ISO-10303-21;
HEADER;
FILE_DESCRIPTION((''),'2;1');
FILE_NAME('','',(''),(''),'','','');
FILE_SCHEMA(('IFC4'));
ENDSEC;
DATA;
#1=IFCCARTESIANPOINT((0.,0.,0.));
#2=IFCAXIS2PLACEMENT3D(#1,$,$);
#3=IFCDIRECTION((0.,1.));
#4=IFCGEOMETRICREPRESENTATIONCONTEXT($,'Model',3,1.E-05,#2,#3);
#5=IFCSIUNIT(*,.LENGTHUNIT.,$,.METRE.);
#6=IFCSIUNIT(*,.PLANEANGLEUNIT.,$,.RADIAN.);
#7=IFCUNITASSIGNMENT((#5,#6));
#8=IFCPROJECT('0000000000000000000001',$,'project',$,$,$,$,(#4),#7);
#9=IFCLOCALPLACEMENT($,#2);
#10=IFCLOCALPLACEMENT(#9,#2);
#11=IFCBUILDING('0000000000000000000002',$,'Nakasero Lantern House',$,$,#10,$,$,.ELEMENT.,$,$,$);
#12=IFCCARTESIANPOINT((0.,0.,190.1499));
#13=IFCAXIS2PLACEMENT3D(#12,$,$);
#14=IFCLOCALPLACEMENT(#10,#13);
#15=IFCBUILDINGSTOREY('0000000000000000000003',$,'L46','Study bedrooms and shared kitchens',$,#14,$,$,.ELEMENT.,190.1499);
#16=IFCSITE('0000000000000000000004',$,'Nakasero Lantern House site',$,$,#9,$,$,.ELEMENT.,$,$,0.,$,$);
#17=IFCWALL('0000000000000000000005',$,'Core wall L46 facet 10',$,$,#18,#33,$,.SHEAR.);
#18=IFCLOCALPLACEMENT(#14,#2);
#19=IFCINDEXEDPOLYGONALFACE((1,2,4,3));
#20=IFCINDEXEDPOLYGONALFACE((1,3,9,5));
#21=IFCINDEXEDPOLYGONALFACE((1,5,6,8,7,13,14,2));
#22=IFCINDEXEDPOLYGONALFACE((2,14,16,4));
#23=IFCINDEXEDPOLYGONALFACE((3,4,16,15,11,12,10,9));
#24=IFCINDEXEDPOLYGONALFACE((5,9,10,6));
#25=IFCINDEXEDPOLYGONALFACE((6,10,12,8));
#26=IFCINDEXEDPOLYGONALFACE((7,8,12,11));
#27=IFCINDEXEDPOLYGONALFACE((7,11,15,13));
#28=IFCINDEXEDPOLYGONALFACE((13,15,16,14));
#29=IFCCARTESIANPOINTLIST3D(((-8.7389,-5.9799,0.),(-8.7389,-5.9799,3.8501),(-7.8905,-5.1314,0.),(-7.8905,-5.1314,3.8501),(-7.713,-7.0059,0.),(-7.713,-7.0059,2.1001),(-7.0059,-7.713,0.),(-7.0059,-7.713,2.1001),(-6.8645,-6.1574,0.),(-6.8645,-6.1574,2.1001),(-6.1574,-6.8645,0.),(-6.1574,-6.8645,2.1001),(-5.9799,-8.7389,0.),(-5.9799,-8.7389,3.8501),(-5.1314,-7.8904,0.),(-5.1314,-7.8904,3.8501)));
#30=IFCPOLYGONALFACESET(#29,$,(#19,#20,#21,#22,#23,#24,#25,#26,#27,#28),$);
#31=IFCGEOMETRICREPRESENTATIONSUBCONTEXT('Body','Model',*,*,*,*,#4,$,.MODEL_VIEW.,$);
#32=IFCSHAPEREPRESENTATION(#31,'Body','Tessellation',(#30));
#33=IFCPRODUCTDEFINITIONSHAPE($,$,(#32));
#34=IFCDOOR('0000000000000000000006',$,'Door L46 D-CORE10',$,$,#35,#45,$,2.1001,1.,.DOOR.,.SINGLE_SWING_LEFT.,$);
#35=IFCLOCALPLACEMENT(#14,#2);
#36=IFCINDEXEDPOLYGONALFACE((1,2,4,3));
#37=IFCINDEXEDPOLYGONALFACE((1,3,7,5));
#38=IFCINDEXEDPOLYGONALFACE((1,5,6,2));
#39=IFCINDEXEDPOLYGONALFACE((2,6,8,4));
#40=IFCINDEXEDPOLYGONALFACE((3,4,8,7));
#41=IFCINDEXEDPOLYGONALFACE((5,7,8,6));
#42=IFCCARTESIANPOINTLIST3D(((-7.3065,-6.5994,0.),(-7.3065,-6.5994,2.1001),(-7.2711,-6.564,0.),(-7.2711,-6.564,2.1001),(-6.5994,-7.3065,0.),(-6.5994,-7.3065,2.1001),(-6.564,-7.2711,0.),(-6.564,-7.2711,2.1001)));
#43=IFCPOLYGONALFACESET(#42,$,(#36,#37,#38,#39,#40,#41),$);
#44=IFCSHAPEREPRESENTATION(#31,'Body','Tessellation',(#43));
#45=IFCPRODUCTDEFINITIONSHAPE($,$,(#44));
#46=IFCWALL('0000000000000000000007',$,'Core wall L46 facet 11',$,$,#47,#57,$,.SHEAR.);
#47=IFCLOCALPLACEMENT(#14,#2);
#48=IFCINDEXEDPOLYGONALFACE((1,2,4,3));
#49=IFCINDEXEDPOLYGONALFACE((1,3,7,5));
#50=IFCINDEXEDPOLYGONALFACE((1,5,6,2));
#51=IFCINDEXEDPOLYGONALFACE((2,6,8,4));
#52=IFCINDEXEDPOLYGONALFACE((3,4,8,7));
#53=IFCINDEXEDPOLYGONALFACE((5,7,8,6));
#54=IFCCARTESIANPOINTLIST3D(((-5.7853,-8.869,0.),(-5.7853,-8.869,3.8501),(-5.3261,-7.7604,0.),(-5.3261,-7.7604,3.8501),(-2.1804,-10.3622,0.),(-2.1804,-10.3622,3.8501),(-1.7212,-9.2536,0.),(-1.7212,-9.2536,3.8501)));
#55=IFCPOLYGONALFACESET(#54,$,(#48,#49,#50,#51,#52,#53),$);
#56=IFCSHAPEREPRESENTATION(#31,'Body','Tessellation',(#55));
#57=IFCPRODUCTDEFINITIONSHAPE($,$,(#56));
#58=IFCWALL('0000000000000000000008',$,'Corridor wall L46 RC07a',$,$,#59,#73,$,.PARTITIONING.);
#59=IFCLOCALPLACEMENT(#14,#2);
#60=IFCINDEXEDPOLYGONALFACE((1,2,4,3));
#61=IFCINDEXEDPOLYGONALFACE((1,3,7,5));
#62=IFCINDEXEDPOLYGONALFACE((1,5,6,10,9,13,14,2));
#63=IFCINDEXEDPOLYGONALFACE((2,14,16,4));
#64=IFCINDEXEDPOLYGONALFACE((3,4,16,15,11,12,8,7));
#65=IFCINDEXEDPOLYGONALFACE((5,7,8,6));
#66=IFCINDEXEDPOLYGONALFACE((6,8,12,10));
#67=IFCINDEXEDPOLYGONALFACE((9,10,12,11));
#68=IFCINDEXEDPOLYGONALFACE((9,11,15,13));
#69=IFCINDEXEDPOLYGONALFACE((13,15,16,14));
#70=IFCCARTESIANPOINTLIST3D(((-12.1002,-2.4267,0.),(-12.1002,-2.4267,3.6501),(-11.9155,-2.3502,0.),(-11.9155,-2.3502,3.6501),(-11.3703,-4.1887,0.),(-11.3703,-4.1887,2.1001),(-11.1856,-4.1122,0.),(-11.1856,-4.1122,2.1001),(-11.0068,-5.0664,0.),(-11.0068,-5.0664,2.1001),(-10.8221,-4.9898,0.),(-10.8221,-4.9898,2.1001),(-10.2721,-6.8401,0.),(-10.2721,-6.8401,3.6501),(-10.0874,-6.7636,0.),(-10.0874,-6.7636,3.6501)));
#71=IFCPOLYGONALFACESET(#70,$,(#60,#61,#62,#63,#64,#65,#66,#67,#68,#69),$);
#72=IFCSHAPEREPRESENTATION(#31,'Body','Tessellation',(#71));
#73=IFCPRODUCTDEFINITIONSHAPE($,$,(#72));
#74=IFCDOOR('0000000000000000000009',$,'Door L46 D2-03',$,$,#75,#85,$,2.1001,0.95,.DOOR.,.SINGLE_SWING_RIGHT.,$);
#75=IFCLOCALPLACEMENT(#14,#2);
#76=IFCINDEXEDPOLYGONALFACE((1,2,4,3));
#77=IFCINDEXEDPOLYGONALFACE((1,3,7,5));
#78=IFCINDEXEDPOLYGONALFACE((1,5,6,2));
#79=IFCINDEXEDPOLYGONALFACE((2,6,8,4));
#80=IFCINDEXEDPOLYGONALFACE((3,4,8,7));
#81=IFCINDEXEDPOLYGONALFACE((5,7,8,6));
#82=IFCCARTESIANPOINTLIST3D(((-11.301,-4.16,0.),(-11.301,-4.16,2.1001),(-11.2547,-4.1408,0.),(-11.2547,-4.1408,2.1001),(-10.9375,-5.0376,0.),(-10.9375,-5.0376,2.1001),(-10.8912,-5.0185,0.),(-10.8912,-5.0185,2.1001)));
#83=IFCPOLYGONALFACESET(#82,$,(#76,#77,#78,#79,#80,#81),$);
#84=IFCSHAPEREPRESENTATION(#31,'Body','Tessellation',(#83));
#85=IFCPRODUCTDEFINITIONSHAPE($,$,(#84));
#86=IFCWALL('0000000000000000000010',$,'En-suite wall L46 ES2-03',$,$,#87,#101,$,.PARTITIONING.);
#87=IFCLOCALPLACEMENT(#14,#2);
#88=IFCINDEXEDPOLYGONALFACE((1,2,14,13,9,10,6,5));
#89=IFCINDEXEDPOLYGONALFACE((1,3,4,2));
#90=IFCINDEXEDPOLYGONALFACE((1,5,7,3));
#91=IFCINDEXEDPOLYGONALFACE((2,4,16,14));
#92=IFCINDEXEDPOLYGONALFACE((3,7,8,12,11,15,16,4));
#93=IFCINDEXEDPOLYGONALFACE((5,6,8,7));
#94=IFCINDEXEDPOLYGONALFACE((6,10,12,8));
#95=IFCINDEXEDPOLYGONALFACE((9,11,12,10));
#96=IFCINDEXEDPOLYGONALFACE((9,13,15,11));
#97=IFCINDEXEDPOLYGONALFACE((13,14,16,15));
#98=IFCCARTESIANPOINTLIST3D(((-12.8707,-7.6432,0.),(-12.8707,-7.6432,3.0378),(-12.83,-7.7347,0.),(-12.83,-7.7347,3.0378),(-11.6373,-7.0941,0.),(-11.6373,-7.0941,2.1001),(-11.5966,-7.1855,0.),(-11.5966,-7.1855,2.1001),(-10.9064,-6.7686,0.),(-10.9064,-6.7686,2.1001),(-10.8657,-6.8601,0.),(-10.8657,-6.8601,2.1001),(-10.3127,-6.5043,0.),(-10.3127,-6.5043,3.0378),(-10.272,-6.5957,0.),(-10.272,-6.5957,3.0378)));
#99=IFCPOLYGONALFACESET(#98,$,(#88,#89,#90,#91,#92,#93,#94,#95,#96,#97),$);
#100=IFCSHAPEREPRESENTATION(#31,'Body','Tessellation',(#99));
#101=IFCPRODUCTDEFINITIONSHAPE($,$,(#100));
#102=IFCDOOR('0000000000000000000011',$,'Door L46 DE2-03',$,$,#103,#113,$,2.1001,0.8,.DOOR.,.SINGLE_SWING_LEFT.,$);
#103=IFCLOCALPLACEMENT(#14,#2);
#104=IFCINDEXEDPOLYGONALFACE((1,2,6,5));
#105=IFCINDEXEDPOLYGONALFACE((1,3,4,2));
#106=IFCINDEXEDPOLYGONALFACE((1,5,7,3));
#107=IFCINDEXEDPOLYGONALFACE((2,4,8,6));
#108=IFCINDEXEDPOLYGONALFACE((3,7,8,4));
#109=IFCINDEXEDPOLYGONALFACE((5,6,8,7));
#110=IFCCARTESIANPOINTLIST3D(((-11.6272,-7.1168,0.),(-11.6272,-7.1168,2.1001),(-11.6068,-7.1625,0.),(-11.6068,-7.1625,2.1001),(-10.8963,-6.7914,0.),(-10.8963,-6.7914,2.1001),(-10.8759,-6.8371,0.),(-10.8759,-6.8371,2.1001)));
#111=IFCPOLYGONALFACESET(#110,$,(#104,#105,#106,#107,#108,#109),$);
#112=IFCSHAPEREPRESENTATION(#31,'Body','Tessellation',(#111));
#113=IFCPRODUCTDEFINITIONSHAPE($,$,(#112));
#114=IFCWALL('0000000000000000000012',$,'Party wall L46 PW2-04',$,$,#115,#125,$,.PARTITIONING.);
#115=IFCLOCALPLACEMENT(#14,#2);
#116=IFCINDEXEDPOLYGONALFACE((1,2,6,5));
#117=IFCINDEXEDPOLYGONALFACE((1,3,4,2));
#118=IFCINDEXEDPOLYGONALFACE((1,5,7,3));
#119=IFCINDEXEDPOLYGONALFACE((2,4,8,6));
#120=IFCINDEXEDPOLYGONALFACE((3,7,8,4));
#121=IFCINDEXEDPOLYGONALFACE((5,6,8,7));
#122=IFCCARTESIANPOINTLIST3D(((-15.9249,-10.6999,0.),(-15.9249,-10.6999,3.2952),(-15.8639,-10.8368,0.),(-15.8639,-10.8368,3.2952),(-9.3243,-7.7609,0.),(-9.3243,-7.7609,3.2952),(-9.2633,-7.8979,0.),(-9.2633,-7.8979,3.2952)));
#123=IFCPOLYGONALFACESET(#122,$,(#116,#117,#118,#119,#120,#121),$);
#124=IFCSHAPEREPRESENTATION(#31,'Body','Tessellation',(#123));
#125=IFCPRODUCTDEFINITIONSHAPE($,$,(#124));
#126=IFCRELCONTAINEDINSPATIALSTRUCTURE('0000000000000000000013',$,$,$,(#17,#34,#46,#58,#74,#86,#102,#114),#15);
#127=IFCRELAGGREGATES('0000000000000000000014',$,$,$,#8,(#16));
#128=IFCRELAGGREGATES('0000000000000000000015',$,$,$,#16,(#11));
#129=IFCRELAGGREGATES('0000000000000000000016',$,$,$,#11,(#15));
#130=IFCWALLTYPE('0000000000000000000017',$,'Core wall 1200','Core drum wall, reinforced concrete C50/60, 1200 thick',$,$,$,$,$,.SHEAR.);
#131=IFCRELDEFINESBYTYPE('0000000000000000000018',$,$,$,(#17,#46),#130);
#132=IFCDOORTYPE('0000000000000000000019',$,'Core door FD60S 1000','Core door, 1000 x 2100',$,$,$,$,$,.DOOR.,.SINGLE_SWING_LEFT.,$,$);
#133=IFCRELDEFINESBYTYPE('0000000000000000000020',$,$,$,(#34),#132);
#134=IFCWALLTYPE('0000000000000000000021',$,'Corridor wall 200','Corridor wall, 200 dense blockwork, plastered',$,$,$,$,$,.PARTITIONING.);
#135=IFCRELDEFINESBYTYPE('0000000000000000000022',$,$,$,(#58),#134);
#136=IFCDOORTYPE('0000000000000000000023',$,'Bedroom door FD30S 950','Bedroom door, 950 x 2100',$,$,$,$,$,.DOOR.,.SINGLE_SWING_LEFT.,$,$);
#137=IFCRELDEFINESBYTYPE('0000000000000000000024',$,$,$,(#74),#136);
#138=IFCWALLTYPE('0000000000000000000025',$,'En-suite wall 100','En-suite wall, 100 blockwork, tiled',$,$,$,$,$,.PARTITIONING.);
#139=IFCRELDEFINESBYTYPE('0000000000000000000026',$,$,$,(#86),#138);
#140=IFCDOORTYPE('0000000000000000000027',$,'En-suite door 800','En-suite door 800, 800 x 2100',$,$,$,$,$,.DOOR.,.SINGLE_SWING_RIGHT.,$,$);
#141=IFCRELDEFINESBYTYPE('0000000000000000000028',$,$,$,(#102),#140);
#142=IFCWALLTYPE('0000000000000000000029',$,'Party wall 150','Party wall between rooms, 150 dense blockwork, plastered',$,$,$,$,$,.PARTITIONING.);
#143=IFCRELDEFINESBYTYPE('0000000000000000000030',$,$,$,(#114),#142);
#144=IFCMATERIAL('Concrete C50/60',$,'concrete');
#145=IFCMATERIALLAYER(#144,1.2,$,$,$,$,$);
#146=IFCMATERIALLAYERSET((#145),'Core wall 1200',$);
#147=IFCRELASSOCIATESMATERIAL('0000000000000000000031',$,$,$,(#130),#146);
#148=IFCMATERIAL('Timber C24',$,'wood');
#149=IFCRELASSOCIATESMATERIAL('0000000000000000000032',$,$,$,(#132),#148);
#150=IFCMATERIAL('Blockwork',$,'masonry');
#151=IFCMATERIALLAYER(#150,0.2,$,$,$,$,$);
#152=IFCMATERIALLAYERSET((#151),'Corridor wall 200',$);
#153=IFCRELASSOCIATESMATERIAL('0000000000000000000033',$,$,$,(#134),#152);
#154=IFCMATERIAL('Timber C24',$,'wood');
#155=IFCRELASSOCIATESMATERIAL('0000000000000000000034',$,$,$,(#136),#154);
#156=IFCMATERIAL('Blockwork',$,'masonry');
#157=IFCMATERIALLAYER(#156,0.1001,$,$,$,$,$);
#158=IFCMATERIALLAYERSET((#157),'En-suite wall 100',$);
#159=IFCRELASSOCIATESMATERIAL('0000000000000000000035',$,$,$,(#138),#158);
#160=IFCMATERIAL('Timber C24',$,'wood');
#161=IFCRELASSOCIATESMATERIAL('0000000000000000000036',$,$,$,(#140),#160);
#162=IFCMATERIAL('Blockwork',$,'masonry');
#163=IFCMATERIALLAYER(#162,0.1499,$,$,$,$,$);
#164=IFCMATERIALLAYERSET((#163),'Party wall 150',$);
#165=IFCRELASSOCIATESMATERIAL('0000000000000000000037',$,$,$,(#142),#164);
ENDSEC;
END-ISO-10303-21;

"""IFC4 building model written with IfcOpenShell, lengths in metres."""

from ifc_helpers import new_model, si_unit, direction, frame, frame_2d, origin, place, context, subcontext, project, spatial, rectangle, extrude, material, layer, layer_set, type_object, element, fill, save


model = new_model("IFC4")

# Units and contexts
model_context = context("Model", 3, precision=1e-05, world=origin(), true_north=direction((0.0, 1.0)))
body_context = subcontext(model_context, "Body", "Model", "MODEL_VIEW")
ifc_project = project(units=[si_unit("LENGTHUNIT", "METRE"), si_unit("PLANEANGLEUNIT", "RADIAN")], contexts=[model_context])

# Site, building, storey
site_placement = place(None, origin())
site = spatial("IfcSite", under=ifc_project, at=site_placement, Name="Nakasero Lantern House site", CompositionType="ELEMENT", RefElevation=0.0)
building_placement = place(site_placement, origin())
building = spatial("IfcBuilding", under=site, at=building_placement, Name="Nakasero Lantern House", CompositionType="ELEMENT")
storey_placement = place(building_placement, frame((0.0, 0.0, 190.1499)))
storey = spatial("IfcBuildingStorey", under=building, at=storey_placement, Name="L46", Description="Study bedrooms and shared kitchens", CompositionType="ELEMENT", Elevation=190.1499)

# Shared definitions
ifc_material_1 = material(Name="Concrete C50/60", Category="concrete")
ifc_layer_1 = layer(ifc_material_1, 1.2)
ifc_layer_set_1 = layer_set([ifc_layer_1], Name="Core wall 1200")
wall_type_1 = type_object("IfcWallType", Name="Core wall 1200", Description="Core drum wall, reinforced concrete C50/60, 1200 thick", PredefinedType="SHEAR", material=ifc_layer_set_1)

# Wall, opening, door
wall_1_placement = place(storey_placement, frame((-8.3147, -5.5557, 0.0), z_axis=(0.0, 0.0, 1.0), x_axis=(0.707107, -0.707107, 0.0)))
wall_1 = element("IfcWall", 1, at=wall_1_placement, inside=storey, type_object=wall_type_1, Name="Core wall L46 facet 10", PredefinedType="SHEAR", context=body_context, shape_type="SweptSolid", body=[
    extrude(rectangle(XDim=3.9019, YDim=1.2, at=frame_2d((1.9509, 0.0))), origin(), (0.0, 0.0, 1.0), 3.8501),
])
opening_1_placement = place(wall_1_placement, frame((1.4509, 0.0, 0.0)))
opening_1 = element("IfcOpeningElement", 2, at=opening_1_placement, cuts=wall_1, PredefinedType="OPENING", context=body_context, shape_type="SweptSolid", body=[
    extrude(rectangle(XDim=1.0, YDim=2.1001, at=frame_2d((0.5, 1.05))), frame((0.0, 0.6199, 0.0), z_axis=(0.0, -1.0, 0.0), x_axis=(1.0, 0.0, 0.0)), (0.0, 0.0, 1.0), 1.24),
])
ifc_material_2 = material(Name="Timber C24", Category="wood")
door_type_1 = type_object("IfcDoorType", Name="Core door FD60S 1000", Description="Core door, 1000 x 2100", OperationType="SINGLE_SWING_LEFT", PredefinedType="DOOR", material=ifc_material_2)
door_1_placement = place(opening_1_placement, origin())
door_1 = element("IfcDoor", 3, at=door_1_placement, inside=storey, type_object=door_type_1, Name="Door L46 D-CORE10", OperationType="SINGLE_SWING_LEFT", OverallHeight=2.1001, OverallWidth=1.0, PredefinedType="DOOR", context=body_context, shape_type="SweptSolid", body=[
    extrude(rectangle(XDim=1.0, YDim=2.1001, at=frame_2d((0.5, 1.05))), frame((0.0, 0.0249, 0.0), z_axis=(0.0, -1.0, 0.0), x_axis=(1.0, 0.0, 0.0)), (0.0, 0.0, 1.0), 0.05),
])
fill(opening_1, door_1)

# Wall
wall_2_placement = place(storey_placement, frame((-5.5557, -8.3147, 0.0), z_axis=(0.0, 0.0, 1.0), x_axis=(0.923877, -0.382691, 0.0)))
element("IfcWall", 4, at=wall_2_placement, inside=storey, type_object=wall_type_1, Name="Core wall L46 facet 11", PredefinedType="SHEAR", context=body_context, shape_type="SweptSolid", body=[
    extrude(rectangle(XDim=3.9019, YDim=1.2, at=frame_2d((1.9509, 0.0))), origin(), (0.0, 0.0, 1.0), 3.8501),
])

# Walls, openings, doors
ifc_material_3 = material(Name="Blockwork", Category="masonry")
ifc_layer_2 = layer(ifc_material_3, 0.2)
ifc_layer_set_2 = layer_set([ifc_layer_2], Name="Corridor wall 200")
wall_type_2 = type_object("IfcWallType", Name="Corridor wall 200", Description="Corridor wall, 200 dense blockwork, plastered", PredefinedType="PARTITIONING", material=ifc_layer_set_2)
wall_3_placement = place(storey_placement, frame((-10.1797, -6.802, 0.0), z_axis=(0.0, 0.0, 1.0), x_axis=(-0.382677, 0.923882, 0.0)))
wall_3 = element("IfcWall", 5, at=wall_3_placement, inside=storey, type_object=wall_type_2, Name="Corridor wall L46 RC07a", PredefinedType="PARTITIONING", context=body_context, shape_type="SweptSolid", body=[
    extrude(rectangle(XDim=4.7771, YDim=0.2, at=frame_2d((2.3887, 0.0))), origin(), (0.0, 0.0, 1.0), 3.6501),
])
opening_2_placement = place(wall_3_placement, frame((1.9199, 0.0, 0.0)))
opening_2 = element("IfcOpeningElement", 6, at=opening_2_placement, cuts=wall_3, PredefinedType="OPENING", context=body_context, shape_type="SweptSolid", body=[
    extrude(rectangle(XDim=0.95, YDim=2.1001, at=frame_2d((0.4751, 1.05))), frame((0.0, 0.1199, 0.0), z_axis=(0.0, -1.0, 0.0), x_axis=(1.0, 0.0, 0.0)), (0.0, 0.0, 1.0), 0.24),
])
ifc_material_4 = material(Name="Timber C24", Category="wood")
door_type_2 = type_object("IfcDoorType", Name="Bedroom door FD30S 950", Description="Bedroom door, 950 x 2100", OperationType="SINGLE_SWING_LEFT", PredefinedType="DOOR", material=ifc_material_4)
door_2_placement = place(opening_2_placement, origin())
door_2 = element("IfcDoor", 7, at=door_2_placement, inside=storey, type_object=door_type_2, Name="Door L46 D2-03", OperationType="SINGLE_SWING_RIGHT", OverallHeight=2.1001, OverallWidth=0.95, PredefinedType="DOOR", context=body_context, shape_type="SweptSolid", body=[
    extrude(rectangle(XDim=0.95, YDim=2.1001, at=frame_2d((0.4751, 1.05))), frame((0.0, 0.0249, 0.0), z_axis=(0.0, -1.0, 0.0), x_axis=(1.0, 0.0, 0.0)), (0.0, 0.0, 1.0), 0.05),
])
fill(opening_2, door_2)
ifc_material_5 = material(Name="Blockwork", Category="masonry")
ifc_layer_3 = layer(ifc_material_5, 0.1001)
ifc_layer_set_3 = layer_set([ifc_layer_3], Name="En-suite wall 100")
wall_type_3 = type_object("IfcWallType", Name="En-suite wall 100", Description="En-suite wall, 100 blockwork, tiled", PredefinedType="PARTITIONING", material=ifc_layer_set_3)
wall_4_placement = place(storey_placement, frame((-10.2925, -6.55, 0.0), z_axis=(0.0, 0.0, 1.0), x_axis=(-0.913534, -0.406761, 0.0)))
wall_4 = element("IfcWall", 8, at=wall_4_placement, inside=storey, type_object=wall_type_3, Name="En-suite wall L46 ES2-03", PredefinedType="PARTITIONING", context=body_context, shape_type="SweptSolid", body=[
    extrude(rectangle(XDim=2.8, YDim=0.1001, at=frame_2d((1.3999, 0.0))), origin(), (0.0, 0.0, 1.0), 3.0378),
])
opening_3_placement = place(wall_4_placement, frame((0.6499, 0.0, 0.0)))
opening_3 = element("IfcOpeningElement", 9, at=opening_3_placement, cuts=wall_4, PredefinedType="OPENING", context=body_context, shape_type="SweptSolid", body=[
    extrude(rectangle(XDim=0.8, YDim=2.1001, at=frame_2d((0.3999, 1.05))), frame((0.0, 0.0701, 0.0), z_axis=(0.0, -1.0, 0.0), x_axis=(1.0, 0.0, 0.0)), (0.0, 0.0, 1.0), 0.1401),
])
ifc_material_6 = material(Name="Timber C24", Category="wood")
door_type_3 = type_object("IfcDoorType", Name="En-suite door 800", Description="En-suite door 800, 800 x 2100", OperationType="SINGLE_SWING_RIGHT", PredefinedType="DOOR", material=ifc_material_6)
door_3_placement = place(opening_3_placement, origin())
door_3 = element("IfcDoor", 10, at=door_3_placement, inside=storey, type_object=door_type_3, Name="Door L46 DE2-03", OperationType="SINGLE_SWING_LEFT", OverallHeight=2.1001, OverallWidth=0.8, PredefinedType="DOOR", context=body_context, shape_type="SweptSolid", body=[
    extrude(rectangle(XDim=0.8, YDim=2.1001, at=frame_2d((0.3999, 1.05))), frame((0.0, 0.0249, 0.0), z_axis=(0.0, -1.0, 0.0), x_axis=(1.0, 0.0, 0.0)), (0.0, 0.0, 1.0), 0.05),
])
fill(opening_3, door_3)

# Wall
ifc_material_7 = material(Name="Blockwork", Category="masonry")
ifc_layer_4 = layer(ifc_material_7, 0.1499)
ifc_layer_set_4 = layer_set([ifc_layer_4], Name="Party wall 150")
wall_type_4 = type_object("IfcWallType", Name="Party wall 150", Description="Party wall between rooms, 150 dense blockwork, plastered", PredefinedType="PARTITIONING", material=ifc_layer_set_4)
wall_5_placement = place(storey_placement, frame((-9.2937, -7.8293, 0.0), z_axis=(0.0, 0.0, 1.0), x_axis=(-0.913535, -0.406759, 0.0)))
element("IfcWall", 11, at=wall_5_placement, inside=storey, type_object=wall_type_4, Name="Party wall L46 PW2-04", PredefinedType="PARTITIONING", context=body_context, shape_type="SweptSolid", body=[
    extrude(rectangle(XDim=7.2253, YDim=0.1499, at=frame_2d((3.6128, 0.0))), origin(), (0.0, 0.0, 1.0), 3.2952),
])

save(model, "model.ifc")
